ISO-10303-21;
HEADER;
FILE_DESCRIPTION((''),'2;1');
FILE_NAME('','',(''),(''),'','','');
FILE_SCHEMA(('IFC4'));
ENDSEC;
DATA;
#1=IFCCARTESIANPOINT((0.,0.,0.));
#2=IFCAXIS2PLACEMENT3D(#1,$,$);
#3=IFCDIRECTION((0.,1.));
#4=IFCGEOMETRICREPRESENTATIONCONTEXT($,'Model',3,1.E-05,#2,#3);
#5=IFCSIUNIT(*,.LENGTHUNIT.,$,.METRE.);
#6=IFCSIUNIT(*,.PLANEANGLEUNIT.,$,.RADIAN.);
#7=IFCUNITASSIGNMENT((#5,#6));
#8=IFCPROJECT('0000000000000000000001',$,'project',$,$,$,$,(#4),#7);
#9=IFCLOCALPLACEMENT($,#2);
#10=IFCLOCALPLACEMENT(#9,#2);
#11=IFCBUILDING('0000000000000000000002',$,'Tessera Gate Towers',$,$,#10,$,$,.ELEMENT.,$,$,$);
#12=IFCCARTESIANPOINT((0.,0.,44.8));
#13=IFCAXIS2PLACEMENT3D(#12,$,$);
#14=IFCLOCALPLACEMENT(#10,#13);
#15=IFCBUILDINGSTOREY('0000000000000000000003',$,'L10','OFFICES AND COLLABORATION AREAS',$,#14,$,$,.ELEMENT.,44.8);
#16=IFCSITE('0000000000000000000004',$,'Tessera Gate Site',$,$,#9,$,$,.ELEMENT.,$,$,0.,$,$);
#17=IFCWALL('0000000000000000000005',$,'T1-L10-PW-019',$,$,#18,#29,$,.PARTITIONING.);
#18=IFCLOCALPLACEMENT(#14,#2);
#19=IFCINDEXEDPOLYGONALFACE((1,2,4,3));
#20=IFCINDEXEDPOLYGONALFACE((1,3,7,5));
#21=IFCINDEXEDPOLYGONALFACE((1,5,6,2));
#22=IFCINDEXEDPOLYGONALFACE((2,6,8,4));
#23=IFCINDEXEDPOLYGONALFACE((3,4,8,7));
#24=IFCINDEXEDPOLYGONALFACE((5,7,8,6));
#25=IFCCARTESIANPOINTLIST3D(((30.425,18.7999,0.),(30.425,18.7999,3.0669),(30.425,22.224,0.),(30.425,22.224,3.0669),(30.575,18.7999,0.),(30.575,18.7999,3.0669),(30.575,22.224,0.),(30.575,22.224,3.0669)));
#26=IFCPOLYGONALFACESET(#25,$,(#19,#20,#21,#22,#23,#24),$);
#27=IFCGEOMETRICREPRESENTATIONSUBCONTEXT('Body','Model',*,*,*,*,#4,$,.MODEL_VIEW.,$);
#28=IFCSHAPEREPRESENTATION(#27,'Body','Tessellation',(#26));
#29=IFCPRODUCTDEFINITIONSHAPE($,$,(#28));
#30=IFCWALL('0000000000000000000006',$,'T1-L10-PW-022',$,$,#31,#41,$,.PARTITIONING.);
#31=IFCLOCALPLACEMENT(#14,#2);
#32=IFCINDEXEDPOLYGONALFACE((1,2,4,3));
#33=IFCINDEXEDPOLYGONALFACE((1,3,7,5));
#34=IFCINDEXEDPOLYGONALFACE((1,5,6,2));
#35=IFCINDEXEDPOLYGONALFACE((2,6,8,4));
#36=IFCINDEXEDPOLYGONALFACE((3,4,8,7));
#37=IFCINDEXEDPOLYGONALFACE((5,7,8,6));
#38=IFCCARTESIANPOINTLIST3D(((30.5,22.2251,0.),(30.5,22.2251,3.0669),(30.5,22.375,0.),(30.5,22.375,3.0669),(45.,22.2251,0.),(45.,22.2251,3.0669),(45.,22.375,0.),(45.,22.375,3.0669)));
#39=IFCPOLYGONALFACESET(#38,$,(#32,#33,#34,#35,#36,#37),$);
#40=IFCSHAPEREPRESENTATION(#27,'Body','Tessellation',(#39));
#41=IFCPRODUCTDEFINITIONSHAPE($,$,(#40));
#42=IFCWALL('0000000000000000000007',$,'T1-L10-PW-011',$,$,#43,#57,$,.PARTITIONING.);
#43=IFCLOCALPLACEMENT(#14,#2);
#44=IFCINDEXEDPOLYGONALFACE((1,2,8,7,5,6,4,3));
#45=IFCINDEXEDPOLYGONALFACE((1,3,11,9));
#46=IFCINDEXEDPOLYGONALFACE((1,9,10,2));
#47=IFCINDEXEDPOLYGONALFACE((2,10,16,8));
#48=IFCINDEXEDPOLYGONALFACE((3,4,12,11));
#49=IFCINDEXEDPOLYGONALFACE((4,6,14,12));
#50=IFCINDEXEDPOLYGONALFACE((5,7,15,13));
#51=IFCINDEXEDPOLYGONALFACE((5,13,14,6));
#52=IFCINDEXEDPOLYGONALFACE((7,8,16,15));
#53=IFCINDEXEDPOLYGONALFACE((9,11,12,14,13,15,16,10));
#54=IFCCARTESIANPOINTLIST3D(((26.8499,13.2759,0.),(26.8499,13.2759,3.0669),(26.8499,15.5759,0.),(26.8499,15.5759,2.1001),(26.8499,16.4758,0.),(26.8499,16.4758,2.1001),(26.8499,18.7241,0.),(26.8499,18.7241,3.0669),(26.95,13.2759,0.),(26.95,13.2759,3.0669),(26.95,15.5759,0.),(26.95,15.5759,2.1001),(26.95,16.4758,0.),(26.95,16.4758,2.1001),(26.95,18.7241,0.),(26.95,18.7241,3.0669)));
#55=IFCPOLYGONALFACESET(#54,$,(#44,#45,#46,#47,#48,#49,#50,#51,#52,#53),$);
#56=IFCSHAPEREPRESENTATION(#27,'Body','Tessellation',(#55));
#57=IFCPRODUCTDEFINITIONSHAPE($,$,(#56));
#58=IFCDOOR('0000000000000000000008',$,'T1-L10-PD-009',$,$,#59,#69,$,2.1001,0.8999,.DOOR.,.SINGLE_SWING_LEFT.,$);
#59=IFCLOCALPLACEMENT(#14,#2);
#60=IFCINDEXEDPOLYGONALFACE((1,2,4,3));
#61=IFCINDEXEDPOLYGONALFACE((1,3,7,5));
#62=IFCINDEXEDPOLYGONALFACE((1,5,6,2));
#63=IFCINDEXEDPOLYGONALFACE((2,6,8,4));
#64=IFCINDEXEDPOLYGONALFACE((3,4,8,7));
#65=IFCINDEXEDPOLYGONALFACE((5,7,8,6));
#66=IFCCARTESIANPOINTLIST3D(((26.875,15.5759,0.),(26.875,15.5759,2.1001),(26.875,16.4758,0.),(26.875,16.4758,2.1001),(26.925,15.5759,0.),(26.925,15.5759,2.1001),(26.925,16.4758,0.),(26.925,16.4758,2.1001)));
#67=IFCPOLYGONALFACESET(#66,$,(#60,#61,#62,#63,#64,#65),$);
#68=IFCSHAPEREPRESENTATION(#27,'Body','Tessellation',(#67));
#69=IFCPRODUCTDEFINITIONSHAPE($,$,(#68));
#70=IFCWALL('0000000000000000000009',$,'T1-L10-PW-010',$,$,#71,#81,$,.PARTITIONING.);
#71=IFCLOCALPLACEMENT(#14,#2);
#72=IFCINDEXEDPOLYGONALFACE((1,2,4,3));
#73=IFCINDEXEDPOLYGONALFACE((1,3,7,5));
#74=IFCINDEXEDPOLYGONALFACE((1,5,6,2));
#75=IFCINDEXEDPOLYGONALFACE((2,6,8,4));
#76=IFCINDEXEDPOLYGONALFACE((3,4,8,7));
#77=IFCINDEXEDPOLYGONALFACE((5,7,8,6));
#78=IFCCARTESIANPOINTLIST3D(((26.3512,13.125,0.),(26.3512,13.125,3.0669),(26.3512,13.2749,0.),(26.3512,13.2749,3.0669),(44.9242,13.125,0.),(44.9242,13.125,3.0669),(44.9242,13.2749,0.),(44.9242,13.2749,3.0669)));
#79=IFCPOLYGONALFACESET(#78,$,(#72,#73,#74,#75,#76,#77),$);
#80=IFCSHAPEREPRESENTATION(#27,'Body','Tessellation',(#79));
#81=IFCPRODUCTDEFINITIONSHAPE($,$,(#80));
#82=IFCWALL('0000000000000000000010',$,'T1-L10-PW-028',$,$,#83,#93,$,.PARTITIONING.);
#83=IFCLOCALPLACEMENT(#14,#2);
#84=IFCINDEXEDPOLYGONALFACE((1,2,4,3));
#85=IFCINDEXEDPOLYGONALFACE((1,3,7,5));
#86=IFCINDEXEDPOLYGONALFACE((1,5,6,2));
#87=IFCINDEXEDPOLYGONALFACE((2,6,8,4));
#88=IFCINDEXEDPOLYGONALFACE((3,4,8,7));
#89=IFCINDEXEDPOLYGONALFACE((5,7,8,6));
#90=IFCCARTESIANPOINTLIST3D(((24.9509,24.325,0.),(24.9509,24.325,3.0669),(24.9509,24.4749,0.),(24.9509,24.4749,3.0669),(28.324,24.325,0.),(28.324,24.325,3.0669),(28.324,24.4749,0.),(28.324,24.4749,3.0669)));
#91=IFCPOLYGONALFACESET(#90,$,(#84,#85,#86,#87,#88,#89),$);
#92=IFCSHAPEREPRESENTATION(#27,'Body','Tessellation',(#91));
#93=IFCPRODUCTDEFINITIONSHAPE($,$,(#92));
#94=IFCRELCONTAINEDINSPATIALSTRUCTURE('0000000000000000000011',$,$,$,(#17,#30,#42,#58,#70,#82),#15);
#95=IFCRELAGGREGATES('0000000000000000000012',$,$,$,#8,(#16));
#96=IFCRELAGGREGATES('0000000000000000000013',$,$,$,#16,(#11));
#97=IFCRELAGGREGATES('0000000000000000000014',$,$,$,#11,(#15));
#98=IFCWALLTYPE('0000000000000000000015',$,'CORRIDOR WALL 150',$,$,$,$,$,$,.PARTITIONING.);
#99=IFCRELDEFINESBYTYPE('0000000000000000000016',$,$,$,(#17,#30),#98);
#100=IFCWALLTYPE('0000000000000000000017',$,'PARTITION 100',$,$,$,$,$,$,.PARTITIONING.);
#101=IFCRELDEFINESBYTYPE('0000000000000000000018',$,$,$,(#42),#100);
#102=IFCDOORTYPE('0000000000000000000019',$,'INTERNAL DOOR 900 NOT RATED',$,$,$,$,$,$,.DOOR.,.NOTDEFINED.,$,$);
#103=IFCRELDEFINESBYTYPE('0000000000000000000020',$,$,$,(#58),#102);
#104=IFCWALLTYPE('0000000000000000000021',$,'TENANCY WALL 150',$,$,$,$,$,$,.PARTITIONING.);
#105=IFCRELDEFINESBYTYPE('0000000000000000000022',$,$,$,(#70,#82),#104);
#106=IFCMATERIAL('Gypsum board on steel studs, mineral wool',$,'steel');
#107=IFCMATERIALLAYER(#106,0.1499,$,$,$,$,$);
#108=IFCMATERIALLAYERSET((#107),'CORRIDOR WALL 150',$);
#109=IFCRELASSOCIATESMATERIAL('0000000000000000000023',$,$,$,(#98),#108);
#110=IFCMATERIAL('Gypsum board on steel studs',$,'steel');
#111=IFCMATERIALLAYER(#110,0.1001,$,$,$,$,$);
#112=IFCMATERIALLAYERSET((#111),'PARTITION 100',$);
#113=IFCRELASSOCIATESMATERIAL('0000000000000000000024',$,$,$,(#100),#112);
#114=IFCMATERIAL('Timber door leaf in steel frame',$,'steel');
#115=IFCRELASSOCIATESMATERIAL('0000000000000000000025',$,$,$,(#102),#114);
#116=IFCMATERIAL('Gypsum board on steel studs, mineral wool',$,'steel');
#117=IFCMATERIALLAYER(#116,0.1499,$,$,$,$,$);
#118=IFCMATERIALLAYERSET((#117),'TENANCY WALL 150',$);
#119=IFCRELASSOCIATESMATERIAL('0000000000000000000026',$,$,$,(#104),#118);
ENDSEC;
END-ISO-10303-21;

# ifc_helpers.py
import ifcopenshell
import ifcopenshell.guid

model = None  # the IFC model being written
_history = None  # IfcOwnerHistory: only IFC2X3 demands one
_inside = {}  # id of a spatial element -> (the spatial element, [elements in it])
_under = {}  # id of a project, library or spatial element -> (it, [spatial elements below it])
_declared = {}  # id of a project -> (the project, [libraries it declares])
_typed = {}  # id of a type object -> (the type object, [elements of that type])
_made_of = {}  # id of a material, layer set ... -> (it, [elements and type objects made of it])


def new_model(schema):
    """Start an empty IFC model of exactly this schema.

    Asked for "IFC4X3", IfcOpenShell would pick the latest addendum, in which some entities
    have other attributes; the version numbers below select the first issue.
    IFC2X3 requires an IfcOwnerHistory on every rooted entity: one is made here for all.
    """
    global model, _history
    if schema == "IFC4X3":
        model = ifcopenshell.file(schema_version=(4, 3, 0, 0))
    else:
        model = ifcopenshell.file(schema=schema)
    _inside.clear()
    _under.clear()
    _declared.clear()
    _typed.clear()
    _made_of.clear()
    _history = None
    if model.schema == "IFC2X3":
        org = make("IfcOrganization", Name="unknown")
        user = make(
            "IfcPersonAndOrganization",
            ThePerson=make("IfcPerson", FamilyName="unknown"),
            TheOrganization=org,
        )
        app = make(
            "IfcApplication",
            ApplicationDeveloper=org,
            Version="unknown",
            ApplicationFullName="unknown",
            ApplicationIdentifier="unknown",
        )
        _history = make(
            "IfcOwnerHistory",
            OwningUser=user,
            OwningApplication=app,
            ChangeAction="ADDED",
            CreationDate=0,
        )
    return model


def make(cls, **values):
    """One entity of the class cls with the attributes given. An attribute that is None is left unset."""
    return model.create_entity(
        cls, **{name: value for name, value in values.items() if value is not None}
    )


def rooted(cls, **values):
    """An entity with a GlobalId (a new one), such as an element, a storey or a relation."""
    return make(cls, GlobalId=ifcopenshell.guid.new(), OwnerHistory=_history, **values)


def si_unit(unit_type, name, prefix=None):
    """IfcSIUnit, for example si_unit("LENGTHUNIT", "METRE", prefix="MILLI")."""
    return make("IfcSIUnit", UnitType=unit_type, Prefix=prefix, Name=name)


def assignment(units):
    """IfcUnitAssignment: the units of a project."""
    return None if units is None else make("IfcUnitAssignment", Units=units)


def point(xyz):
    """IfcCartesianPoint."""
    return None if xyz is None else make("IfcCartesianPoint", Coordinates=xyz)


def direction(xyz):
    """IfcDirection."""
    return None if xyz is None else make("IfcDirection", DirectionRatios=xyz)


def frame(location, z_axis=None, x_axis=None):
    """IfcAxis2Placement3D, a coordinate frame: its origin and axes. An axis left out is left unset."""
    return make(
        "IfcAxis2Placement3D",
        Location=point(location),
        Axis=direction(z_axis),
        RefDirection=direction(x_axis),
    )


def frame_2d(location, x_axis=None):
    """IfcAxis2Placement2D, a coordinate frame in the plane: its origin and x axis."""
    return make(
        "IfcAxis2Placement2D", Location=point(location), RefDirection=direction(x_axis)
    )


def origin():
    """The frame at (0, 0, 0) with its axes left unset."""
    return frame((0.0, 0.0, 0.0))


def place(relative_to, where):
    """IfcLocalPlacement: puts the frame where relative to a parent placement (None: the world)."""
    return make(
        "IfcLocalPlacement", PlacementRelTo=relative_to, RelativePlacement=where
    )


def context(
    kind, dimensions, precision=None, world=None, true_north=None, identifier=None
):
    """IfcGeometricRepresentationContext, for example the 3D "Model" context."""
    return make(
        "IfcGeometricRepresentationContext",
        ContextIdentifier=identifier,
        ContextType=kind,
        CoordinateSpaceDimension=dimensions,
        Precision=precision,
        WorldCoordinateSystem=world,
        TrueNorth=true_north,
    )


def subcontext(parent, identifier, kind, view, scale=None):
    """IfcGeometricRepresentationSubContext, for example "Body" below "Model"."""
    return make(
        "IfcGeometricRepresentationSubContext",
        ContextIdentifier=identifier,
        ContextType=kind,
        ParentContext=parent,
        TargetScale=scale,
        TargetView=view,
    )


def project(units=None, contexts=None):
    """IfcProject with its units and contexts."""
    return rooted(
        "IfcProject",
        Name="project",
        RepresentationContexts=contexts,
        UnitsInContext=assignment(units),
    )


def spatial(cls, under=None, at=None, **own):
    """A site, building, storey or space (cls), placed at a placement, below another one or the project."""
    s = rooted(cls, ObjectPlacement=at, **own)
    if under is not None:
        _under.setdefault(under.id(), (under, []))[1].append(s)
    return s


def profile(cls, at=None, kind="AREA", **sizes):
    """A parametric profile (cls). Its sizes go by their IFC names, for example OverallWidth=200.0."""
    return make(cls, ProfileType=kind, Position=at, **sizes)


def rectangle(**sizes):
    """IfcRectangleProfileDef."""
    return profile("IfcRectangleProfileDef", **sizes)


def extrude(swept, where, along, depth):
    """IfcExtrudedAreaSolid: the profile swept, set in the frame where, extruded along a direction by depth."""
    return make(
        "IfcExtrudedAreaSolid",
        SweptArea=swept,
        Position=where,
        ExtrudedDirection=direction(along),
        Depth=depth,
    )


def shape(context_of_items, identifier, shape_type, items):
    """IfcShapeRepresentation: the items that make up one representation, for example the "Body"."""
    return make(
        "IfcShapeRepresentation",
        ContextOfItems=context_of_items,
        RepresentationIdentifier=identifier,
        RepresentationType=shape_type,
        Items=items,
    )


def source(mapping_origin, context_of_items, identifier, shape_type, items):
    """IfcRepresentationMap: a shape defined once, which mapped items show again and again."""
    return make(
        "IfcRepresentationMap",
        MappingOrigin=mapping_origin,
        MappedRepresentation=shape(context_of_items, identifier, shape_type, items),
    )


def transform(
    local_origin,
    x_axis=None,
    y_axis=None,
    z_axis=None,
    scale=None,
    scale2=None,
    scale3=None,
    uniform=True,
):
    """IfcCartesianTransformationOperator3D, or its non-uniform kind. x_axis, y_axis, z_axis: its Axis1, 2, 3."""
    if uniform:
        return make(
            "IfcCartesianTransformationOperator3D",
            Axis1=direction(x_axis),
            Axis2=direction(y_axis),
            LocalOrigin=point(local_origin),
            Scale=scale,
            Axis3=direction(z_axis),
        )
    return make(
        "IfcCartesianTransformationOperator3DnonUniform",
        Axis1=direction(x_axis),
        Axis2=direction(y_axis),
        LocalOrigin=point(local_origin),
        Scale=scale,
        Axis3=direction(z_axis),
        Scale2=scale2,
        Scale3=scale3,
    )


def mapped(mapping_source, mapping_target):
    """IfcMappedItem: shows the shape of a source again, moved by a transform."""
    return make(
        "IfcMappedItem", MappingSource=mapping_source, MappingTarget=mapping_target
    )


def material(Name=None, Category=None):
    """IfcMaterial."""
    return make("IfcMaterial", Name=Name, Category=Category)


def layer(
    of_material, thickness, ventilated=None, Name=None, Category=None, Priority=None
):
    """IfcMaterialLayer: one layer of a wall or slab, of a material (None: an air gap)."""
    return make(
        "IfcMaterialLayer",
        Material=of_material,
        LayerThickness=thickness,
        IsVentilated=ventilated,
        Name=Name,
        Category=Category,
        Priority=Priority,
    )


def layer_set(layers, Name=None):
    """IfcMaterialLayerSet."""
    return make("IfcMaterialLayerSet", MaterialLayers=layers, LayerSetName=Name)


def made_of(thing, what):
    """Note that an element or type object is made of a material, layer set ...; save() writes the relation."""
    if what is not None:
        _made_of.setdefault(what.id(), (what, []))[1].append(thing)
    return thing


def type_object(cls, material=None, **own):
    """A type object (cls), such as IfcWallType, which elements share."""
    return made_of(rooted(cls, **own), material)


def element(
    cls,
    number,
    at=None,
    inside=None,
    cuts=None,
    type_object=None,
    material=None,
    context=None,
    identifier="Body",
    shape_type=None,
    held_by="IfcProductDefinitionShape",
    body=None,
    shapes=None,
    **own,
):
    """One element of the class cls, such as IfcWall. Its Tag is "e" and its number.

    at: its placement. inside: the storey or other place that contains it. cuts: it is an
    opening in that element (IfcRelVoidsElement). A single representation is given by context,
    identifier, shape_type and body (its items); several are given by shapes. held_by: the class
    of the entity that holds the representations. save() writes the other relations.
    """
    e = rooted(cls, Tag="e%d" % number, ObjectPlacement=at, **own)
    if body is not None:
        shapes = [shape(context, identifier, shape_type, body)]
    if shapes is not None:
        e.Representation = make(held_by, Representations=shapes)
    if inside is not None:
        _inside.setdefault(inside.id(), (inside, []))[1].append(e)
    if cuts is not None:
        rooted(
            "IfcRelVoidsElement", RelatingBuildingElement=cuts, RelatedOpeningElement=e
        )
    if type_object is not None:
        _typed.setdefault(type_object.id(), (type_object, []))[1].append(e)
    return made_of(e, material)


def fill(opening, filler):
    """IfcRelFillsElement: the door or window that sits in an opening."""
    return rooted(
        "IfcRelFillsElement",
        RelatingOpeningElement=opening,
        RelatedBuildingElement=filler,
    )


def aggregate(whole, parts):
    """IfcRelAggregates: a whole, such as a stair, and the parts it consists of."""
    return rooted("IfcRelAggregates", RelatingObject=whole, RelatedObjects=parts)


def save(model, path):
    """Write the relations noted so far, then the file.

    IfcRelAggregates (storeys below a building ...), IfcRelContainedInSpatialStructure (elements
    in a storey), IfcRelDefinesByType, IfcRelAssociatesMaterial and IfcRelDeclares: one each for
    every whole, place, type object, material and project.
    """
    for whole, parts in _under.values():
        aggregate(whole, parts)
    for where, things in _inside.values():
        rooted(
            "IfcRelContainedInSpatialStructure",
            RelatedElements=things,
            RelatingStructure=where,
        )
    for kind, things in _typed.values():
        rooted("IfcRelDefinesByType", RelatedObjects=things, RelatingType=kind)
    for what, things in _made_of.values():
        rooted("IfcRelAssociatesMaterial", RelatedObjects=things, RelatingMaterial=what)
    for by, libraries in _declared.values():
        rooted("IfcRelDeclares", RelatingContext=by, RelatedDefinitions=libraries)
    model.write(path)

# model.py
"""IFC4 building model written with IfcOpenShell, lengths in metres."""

from ifc_helpers import new_model, si_unit, direction, frame, frame_2d, origin, place, context, subcontext, project, spatial, rectangle, extrude, source, transform, mapped, material, layer, layer_set, type_object, element, fill, save


model = new_model("IFC4")

# Units and contexts
model_context = context("Model", 3, precision=1e-05, world=origin(), true_north=direction((0.0, 1.0)))
body_context = subcontext(model_context, "Body", "Model", "MODEL_VIEW")
ifc_project = project(units=[si_unit("LENGTHUNIT", "METRE"), si_unit("PLANEANGLEUNIT", "RADIAN")], contexts=[model_context])

# Site, building, storey
site_placement = place(None, origin())
site = spatial("IfcSite", under=ifc_project, at=site_placement, Name="Tessera Gate Site", CompositionType="ELEMENT", RefElevation=0.0)
building_placement = place(site_placement, origin())
building = spatial("IfcBuilding", under=site, at=building_placement, Name="Tessera Gate Towers", CompositionType="ELEMENT")
storey_placement = place(building_placement, frame((0.0, 0.0, 44.8)))
storey = spatial("IfcBuildingStorey", under=building, at=storey_placement, Name="L10", Description="OFFICES AND COLLABORATION AREAS", CompositionType="ELEMENT", Elevation=44.8)

# Shared definitions
ifc_material_1 = material(Name="Gypsum board on steel studs, mineral wool", Category="steel")
ifc_layer_1 = layer(ifc_material_1, 0.1499)
ifc_layer_set_1 = layer_set([ifc_layer_1], Name="CORRIDOR WALL 150")
wall_type_1 = type_object("IfcWallType", Name="CORRIDOR WALL 150", PredefinedType="PARTITIONING", material=ifc_layer_set_1)
shared_shape_1 = source(origin(), body_context, "Body", "SweptSolid", [
    extrude(rectangle(XDim=0.8999, YDim=2.1001, at=frame_2d((0.45, 1.05))), frame((0.0, 0.0249, 0.0), z_axis=(0.0, -1.0, 0.0), x_axis=(1.0, 0.0, 0.0)), (0.0, 0.0, 1.0), 0.05),
])

# Walls
wall_1_placement = place(storey_placement, frame((30.5, 18.8, 0.0), z_axis=(0.0, 0.0, 1.0), x_axis=(0.0, 1.0, 0.0)))
element("IfcWall", 1, at=wall_1_placement, inside=storey, type_object=wall_type_1, Name="T1-L10-PW-019", PredefinedType="PARTITIONING", context=body_context, shape_type="SweptSolid", body=[
    extrude(rectangle(XDim=3.4241, YDim=0.1499, at=frame_2d((1.7119, 0.0))), origin(), (0.0, 0.0, 1.0), 3.0669),
])
wall_2_placement = place(storey_placement, frame((30.5, 22.3, 0.0), z_axis=(0.0, 0.0, 1.0), x_axis=(1.0, 0.0, 0.0)))
element("IfcWall", 2, at=wall_2_placement, inside=storey, type_object=wall_type_1, Name="T1-L10-PW-022", PredefinedType="PARTITIONING", context=body_context, shape_type="SweptSolid", body=[
    extrude(rectangle(XDim=14.5, YDim=0.1499, at=frame_2d((7.25, 0.0))), origin(), (0.0, 0.0, 1.0), 3.0669),
])

# Wall, opening, door
ifc_material_2 = material(Name="Gypsum board on steel studs", Category="steel")
ifc_layer_2 = layer(ifc_material_2, 0.1001)
ifc_layer_set_2 = layer_set([ifc_layer_2], Name="PARTITION 100")
wall_type_2 = type_object("IfcWallType", Name="PARTITION 100", PredefinedType="PARTITIONING", material=ifc_layer_set_2)
wall_3_placement = place(storey_placement, frame((26.8999, 13.2759, 0.0), z_axis=(0.0, 0.0, 1.0), x_axis=(0.0, 1.0, 0.0)))
wall_3 = element("IfcWall", 3, at=wall_3_placement, inside=storey, type_object=wall_type_2, Name="T1-L10-PW-011", PredefinedType="PARTITIONING", context=body_context, shape_type="SweptSolid", body=[
    extrude(rectangle(XDim=5.4482, YDim=0.1001, at=frame_2d((2.7241, 0.0))), origin(), (0.0, 0.0, 1.0), 3.0669),
])
shared_shape_2 = source(origin(), body_context, "Body", "SweptSolid", [
    extrude(rectangle(XDim=0.8999, YDim=2.1001, at=frame_2d((0.45, 1.05))), frame((0.0, 0.0601, 0.0), z_axis=(0.0, -1.0, 0.0), x_axis=(1.0, 0.0, 0.0)), (0.0, 0.0, 1.0), 0.1201),
])
opening_1_placement = place(wall_3_placement, frame((2.3, 0.0, 0.0)))
opening_1 = element("IfcOpeningElement", 4, at=opening_1_placement, cuts=wall_3, PredefinedType="OPENING", context=body_context, shape_type="MappedRepresentation", body=[
    mapped(shared_shape_2, transform((0.0, 0.0, 0.0), scale=1.0)),
])
ifc_material_3 = material(Name="Timber door leaf in steel frame", Category="steel")
door_type_1 = type_object("IfcDoorType", Name="INTERNAL DOOR 900 NOT RATED", OperationType="NOTDEFINED", PredefinedType="DOOR", material=ifc_material_3)
door_1_placement = place(opening_1_placement, origin())
door_1 = element("IfcDoor", 5, at=door_1_placement, inside=storey, type_object=door_type_1, Name="T1-L10-PD-009", OperationType="SINGLE_SWING_LEFT", OverallHeight=2.1001, OverallWidth=0.8999, PredefinedType="DOOR", context=body_context, shape_type="MappedRepresentation", body=[
    mapped(shared_shape_1, transform((0.0, 0.0, 0.0), scale=1.0)),
])
fill(opening_1, door_1)

# Walls
ifc_material_4 = material(Name="Gypsum board on steel studs, mineral wool", Category="steel")
ifc_layer_3 = layer(ifc_material_4, 0.1499)
ifc_layer_set_3 = layer_set([ifc_layer_3], Name="TENANCY WALL 150")
wall_type_3 = type_object("IfcWallType", Name="TENANCY WALL 150", PredefinedType="PARTITIONING", material=ifc_layer_set_3)
wall_4_placement = place(storey_placement, frame((26.3511, 13.2, 0.0), z_axis=(0.0, 0.0, 1.0), x_axis=(1.0, 0.0, 0.0)))
element("IfcWall", 6, at=wall_4_placement, inside=storey, type_object=wall_type_3, Name="T1-L10-PW-010", PredefinedType="PARTITIONING", context=body_context, shape_type="SweptSolid", body=[
    extrude(rectangle(XDim=18.573, YDim=0.1499, at=frame_2d((9.2866, 0.0))), origin(), (0.0, 0.0, 1.0), 3.0669),
])
wall_5_placement = place(storey_placement, frame((24.9509, 24.3999, 0.0), z_axis=(0.0, 0.0, 1.0), x_axis=(1.0, 0.0, 0.0)))
element("IfcWall", 7, at=wall_5_placement, inside=storey, type_object=wall_type_3, Name="T1-L10-PW-028", PredefinedType="PARTITIONING", context=body_context, shape_type="SweptSolid", body=[
    extrude(rectangle(XDim=3.373, YDim=0.1499, at=frame_2d((1.6865, 0.0))), origin(), (0.0, 0.0, 1.0), 3.0669),
])

save(model, "model.ifc")
